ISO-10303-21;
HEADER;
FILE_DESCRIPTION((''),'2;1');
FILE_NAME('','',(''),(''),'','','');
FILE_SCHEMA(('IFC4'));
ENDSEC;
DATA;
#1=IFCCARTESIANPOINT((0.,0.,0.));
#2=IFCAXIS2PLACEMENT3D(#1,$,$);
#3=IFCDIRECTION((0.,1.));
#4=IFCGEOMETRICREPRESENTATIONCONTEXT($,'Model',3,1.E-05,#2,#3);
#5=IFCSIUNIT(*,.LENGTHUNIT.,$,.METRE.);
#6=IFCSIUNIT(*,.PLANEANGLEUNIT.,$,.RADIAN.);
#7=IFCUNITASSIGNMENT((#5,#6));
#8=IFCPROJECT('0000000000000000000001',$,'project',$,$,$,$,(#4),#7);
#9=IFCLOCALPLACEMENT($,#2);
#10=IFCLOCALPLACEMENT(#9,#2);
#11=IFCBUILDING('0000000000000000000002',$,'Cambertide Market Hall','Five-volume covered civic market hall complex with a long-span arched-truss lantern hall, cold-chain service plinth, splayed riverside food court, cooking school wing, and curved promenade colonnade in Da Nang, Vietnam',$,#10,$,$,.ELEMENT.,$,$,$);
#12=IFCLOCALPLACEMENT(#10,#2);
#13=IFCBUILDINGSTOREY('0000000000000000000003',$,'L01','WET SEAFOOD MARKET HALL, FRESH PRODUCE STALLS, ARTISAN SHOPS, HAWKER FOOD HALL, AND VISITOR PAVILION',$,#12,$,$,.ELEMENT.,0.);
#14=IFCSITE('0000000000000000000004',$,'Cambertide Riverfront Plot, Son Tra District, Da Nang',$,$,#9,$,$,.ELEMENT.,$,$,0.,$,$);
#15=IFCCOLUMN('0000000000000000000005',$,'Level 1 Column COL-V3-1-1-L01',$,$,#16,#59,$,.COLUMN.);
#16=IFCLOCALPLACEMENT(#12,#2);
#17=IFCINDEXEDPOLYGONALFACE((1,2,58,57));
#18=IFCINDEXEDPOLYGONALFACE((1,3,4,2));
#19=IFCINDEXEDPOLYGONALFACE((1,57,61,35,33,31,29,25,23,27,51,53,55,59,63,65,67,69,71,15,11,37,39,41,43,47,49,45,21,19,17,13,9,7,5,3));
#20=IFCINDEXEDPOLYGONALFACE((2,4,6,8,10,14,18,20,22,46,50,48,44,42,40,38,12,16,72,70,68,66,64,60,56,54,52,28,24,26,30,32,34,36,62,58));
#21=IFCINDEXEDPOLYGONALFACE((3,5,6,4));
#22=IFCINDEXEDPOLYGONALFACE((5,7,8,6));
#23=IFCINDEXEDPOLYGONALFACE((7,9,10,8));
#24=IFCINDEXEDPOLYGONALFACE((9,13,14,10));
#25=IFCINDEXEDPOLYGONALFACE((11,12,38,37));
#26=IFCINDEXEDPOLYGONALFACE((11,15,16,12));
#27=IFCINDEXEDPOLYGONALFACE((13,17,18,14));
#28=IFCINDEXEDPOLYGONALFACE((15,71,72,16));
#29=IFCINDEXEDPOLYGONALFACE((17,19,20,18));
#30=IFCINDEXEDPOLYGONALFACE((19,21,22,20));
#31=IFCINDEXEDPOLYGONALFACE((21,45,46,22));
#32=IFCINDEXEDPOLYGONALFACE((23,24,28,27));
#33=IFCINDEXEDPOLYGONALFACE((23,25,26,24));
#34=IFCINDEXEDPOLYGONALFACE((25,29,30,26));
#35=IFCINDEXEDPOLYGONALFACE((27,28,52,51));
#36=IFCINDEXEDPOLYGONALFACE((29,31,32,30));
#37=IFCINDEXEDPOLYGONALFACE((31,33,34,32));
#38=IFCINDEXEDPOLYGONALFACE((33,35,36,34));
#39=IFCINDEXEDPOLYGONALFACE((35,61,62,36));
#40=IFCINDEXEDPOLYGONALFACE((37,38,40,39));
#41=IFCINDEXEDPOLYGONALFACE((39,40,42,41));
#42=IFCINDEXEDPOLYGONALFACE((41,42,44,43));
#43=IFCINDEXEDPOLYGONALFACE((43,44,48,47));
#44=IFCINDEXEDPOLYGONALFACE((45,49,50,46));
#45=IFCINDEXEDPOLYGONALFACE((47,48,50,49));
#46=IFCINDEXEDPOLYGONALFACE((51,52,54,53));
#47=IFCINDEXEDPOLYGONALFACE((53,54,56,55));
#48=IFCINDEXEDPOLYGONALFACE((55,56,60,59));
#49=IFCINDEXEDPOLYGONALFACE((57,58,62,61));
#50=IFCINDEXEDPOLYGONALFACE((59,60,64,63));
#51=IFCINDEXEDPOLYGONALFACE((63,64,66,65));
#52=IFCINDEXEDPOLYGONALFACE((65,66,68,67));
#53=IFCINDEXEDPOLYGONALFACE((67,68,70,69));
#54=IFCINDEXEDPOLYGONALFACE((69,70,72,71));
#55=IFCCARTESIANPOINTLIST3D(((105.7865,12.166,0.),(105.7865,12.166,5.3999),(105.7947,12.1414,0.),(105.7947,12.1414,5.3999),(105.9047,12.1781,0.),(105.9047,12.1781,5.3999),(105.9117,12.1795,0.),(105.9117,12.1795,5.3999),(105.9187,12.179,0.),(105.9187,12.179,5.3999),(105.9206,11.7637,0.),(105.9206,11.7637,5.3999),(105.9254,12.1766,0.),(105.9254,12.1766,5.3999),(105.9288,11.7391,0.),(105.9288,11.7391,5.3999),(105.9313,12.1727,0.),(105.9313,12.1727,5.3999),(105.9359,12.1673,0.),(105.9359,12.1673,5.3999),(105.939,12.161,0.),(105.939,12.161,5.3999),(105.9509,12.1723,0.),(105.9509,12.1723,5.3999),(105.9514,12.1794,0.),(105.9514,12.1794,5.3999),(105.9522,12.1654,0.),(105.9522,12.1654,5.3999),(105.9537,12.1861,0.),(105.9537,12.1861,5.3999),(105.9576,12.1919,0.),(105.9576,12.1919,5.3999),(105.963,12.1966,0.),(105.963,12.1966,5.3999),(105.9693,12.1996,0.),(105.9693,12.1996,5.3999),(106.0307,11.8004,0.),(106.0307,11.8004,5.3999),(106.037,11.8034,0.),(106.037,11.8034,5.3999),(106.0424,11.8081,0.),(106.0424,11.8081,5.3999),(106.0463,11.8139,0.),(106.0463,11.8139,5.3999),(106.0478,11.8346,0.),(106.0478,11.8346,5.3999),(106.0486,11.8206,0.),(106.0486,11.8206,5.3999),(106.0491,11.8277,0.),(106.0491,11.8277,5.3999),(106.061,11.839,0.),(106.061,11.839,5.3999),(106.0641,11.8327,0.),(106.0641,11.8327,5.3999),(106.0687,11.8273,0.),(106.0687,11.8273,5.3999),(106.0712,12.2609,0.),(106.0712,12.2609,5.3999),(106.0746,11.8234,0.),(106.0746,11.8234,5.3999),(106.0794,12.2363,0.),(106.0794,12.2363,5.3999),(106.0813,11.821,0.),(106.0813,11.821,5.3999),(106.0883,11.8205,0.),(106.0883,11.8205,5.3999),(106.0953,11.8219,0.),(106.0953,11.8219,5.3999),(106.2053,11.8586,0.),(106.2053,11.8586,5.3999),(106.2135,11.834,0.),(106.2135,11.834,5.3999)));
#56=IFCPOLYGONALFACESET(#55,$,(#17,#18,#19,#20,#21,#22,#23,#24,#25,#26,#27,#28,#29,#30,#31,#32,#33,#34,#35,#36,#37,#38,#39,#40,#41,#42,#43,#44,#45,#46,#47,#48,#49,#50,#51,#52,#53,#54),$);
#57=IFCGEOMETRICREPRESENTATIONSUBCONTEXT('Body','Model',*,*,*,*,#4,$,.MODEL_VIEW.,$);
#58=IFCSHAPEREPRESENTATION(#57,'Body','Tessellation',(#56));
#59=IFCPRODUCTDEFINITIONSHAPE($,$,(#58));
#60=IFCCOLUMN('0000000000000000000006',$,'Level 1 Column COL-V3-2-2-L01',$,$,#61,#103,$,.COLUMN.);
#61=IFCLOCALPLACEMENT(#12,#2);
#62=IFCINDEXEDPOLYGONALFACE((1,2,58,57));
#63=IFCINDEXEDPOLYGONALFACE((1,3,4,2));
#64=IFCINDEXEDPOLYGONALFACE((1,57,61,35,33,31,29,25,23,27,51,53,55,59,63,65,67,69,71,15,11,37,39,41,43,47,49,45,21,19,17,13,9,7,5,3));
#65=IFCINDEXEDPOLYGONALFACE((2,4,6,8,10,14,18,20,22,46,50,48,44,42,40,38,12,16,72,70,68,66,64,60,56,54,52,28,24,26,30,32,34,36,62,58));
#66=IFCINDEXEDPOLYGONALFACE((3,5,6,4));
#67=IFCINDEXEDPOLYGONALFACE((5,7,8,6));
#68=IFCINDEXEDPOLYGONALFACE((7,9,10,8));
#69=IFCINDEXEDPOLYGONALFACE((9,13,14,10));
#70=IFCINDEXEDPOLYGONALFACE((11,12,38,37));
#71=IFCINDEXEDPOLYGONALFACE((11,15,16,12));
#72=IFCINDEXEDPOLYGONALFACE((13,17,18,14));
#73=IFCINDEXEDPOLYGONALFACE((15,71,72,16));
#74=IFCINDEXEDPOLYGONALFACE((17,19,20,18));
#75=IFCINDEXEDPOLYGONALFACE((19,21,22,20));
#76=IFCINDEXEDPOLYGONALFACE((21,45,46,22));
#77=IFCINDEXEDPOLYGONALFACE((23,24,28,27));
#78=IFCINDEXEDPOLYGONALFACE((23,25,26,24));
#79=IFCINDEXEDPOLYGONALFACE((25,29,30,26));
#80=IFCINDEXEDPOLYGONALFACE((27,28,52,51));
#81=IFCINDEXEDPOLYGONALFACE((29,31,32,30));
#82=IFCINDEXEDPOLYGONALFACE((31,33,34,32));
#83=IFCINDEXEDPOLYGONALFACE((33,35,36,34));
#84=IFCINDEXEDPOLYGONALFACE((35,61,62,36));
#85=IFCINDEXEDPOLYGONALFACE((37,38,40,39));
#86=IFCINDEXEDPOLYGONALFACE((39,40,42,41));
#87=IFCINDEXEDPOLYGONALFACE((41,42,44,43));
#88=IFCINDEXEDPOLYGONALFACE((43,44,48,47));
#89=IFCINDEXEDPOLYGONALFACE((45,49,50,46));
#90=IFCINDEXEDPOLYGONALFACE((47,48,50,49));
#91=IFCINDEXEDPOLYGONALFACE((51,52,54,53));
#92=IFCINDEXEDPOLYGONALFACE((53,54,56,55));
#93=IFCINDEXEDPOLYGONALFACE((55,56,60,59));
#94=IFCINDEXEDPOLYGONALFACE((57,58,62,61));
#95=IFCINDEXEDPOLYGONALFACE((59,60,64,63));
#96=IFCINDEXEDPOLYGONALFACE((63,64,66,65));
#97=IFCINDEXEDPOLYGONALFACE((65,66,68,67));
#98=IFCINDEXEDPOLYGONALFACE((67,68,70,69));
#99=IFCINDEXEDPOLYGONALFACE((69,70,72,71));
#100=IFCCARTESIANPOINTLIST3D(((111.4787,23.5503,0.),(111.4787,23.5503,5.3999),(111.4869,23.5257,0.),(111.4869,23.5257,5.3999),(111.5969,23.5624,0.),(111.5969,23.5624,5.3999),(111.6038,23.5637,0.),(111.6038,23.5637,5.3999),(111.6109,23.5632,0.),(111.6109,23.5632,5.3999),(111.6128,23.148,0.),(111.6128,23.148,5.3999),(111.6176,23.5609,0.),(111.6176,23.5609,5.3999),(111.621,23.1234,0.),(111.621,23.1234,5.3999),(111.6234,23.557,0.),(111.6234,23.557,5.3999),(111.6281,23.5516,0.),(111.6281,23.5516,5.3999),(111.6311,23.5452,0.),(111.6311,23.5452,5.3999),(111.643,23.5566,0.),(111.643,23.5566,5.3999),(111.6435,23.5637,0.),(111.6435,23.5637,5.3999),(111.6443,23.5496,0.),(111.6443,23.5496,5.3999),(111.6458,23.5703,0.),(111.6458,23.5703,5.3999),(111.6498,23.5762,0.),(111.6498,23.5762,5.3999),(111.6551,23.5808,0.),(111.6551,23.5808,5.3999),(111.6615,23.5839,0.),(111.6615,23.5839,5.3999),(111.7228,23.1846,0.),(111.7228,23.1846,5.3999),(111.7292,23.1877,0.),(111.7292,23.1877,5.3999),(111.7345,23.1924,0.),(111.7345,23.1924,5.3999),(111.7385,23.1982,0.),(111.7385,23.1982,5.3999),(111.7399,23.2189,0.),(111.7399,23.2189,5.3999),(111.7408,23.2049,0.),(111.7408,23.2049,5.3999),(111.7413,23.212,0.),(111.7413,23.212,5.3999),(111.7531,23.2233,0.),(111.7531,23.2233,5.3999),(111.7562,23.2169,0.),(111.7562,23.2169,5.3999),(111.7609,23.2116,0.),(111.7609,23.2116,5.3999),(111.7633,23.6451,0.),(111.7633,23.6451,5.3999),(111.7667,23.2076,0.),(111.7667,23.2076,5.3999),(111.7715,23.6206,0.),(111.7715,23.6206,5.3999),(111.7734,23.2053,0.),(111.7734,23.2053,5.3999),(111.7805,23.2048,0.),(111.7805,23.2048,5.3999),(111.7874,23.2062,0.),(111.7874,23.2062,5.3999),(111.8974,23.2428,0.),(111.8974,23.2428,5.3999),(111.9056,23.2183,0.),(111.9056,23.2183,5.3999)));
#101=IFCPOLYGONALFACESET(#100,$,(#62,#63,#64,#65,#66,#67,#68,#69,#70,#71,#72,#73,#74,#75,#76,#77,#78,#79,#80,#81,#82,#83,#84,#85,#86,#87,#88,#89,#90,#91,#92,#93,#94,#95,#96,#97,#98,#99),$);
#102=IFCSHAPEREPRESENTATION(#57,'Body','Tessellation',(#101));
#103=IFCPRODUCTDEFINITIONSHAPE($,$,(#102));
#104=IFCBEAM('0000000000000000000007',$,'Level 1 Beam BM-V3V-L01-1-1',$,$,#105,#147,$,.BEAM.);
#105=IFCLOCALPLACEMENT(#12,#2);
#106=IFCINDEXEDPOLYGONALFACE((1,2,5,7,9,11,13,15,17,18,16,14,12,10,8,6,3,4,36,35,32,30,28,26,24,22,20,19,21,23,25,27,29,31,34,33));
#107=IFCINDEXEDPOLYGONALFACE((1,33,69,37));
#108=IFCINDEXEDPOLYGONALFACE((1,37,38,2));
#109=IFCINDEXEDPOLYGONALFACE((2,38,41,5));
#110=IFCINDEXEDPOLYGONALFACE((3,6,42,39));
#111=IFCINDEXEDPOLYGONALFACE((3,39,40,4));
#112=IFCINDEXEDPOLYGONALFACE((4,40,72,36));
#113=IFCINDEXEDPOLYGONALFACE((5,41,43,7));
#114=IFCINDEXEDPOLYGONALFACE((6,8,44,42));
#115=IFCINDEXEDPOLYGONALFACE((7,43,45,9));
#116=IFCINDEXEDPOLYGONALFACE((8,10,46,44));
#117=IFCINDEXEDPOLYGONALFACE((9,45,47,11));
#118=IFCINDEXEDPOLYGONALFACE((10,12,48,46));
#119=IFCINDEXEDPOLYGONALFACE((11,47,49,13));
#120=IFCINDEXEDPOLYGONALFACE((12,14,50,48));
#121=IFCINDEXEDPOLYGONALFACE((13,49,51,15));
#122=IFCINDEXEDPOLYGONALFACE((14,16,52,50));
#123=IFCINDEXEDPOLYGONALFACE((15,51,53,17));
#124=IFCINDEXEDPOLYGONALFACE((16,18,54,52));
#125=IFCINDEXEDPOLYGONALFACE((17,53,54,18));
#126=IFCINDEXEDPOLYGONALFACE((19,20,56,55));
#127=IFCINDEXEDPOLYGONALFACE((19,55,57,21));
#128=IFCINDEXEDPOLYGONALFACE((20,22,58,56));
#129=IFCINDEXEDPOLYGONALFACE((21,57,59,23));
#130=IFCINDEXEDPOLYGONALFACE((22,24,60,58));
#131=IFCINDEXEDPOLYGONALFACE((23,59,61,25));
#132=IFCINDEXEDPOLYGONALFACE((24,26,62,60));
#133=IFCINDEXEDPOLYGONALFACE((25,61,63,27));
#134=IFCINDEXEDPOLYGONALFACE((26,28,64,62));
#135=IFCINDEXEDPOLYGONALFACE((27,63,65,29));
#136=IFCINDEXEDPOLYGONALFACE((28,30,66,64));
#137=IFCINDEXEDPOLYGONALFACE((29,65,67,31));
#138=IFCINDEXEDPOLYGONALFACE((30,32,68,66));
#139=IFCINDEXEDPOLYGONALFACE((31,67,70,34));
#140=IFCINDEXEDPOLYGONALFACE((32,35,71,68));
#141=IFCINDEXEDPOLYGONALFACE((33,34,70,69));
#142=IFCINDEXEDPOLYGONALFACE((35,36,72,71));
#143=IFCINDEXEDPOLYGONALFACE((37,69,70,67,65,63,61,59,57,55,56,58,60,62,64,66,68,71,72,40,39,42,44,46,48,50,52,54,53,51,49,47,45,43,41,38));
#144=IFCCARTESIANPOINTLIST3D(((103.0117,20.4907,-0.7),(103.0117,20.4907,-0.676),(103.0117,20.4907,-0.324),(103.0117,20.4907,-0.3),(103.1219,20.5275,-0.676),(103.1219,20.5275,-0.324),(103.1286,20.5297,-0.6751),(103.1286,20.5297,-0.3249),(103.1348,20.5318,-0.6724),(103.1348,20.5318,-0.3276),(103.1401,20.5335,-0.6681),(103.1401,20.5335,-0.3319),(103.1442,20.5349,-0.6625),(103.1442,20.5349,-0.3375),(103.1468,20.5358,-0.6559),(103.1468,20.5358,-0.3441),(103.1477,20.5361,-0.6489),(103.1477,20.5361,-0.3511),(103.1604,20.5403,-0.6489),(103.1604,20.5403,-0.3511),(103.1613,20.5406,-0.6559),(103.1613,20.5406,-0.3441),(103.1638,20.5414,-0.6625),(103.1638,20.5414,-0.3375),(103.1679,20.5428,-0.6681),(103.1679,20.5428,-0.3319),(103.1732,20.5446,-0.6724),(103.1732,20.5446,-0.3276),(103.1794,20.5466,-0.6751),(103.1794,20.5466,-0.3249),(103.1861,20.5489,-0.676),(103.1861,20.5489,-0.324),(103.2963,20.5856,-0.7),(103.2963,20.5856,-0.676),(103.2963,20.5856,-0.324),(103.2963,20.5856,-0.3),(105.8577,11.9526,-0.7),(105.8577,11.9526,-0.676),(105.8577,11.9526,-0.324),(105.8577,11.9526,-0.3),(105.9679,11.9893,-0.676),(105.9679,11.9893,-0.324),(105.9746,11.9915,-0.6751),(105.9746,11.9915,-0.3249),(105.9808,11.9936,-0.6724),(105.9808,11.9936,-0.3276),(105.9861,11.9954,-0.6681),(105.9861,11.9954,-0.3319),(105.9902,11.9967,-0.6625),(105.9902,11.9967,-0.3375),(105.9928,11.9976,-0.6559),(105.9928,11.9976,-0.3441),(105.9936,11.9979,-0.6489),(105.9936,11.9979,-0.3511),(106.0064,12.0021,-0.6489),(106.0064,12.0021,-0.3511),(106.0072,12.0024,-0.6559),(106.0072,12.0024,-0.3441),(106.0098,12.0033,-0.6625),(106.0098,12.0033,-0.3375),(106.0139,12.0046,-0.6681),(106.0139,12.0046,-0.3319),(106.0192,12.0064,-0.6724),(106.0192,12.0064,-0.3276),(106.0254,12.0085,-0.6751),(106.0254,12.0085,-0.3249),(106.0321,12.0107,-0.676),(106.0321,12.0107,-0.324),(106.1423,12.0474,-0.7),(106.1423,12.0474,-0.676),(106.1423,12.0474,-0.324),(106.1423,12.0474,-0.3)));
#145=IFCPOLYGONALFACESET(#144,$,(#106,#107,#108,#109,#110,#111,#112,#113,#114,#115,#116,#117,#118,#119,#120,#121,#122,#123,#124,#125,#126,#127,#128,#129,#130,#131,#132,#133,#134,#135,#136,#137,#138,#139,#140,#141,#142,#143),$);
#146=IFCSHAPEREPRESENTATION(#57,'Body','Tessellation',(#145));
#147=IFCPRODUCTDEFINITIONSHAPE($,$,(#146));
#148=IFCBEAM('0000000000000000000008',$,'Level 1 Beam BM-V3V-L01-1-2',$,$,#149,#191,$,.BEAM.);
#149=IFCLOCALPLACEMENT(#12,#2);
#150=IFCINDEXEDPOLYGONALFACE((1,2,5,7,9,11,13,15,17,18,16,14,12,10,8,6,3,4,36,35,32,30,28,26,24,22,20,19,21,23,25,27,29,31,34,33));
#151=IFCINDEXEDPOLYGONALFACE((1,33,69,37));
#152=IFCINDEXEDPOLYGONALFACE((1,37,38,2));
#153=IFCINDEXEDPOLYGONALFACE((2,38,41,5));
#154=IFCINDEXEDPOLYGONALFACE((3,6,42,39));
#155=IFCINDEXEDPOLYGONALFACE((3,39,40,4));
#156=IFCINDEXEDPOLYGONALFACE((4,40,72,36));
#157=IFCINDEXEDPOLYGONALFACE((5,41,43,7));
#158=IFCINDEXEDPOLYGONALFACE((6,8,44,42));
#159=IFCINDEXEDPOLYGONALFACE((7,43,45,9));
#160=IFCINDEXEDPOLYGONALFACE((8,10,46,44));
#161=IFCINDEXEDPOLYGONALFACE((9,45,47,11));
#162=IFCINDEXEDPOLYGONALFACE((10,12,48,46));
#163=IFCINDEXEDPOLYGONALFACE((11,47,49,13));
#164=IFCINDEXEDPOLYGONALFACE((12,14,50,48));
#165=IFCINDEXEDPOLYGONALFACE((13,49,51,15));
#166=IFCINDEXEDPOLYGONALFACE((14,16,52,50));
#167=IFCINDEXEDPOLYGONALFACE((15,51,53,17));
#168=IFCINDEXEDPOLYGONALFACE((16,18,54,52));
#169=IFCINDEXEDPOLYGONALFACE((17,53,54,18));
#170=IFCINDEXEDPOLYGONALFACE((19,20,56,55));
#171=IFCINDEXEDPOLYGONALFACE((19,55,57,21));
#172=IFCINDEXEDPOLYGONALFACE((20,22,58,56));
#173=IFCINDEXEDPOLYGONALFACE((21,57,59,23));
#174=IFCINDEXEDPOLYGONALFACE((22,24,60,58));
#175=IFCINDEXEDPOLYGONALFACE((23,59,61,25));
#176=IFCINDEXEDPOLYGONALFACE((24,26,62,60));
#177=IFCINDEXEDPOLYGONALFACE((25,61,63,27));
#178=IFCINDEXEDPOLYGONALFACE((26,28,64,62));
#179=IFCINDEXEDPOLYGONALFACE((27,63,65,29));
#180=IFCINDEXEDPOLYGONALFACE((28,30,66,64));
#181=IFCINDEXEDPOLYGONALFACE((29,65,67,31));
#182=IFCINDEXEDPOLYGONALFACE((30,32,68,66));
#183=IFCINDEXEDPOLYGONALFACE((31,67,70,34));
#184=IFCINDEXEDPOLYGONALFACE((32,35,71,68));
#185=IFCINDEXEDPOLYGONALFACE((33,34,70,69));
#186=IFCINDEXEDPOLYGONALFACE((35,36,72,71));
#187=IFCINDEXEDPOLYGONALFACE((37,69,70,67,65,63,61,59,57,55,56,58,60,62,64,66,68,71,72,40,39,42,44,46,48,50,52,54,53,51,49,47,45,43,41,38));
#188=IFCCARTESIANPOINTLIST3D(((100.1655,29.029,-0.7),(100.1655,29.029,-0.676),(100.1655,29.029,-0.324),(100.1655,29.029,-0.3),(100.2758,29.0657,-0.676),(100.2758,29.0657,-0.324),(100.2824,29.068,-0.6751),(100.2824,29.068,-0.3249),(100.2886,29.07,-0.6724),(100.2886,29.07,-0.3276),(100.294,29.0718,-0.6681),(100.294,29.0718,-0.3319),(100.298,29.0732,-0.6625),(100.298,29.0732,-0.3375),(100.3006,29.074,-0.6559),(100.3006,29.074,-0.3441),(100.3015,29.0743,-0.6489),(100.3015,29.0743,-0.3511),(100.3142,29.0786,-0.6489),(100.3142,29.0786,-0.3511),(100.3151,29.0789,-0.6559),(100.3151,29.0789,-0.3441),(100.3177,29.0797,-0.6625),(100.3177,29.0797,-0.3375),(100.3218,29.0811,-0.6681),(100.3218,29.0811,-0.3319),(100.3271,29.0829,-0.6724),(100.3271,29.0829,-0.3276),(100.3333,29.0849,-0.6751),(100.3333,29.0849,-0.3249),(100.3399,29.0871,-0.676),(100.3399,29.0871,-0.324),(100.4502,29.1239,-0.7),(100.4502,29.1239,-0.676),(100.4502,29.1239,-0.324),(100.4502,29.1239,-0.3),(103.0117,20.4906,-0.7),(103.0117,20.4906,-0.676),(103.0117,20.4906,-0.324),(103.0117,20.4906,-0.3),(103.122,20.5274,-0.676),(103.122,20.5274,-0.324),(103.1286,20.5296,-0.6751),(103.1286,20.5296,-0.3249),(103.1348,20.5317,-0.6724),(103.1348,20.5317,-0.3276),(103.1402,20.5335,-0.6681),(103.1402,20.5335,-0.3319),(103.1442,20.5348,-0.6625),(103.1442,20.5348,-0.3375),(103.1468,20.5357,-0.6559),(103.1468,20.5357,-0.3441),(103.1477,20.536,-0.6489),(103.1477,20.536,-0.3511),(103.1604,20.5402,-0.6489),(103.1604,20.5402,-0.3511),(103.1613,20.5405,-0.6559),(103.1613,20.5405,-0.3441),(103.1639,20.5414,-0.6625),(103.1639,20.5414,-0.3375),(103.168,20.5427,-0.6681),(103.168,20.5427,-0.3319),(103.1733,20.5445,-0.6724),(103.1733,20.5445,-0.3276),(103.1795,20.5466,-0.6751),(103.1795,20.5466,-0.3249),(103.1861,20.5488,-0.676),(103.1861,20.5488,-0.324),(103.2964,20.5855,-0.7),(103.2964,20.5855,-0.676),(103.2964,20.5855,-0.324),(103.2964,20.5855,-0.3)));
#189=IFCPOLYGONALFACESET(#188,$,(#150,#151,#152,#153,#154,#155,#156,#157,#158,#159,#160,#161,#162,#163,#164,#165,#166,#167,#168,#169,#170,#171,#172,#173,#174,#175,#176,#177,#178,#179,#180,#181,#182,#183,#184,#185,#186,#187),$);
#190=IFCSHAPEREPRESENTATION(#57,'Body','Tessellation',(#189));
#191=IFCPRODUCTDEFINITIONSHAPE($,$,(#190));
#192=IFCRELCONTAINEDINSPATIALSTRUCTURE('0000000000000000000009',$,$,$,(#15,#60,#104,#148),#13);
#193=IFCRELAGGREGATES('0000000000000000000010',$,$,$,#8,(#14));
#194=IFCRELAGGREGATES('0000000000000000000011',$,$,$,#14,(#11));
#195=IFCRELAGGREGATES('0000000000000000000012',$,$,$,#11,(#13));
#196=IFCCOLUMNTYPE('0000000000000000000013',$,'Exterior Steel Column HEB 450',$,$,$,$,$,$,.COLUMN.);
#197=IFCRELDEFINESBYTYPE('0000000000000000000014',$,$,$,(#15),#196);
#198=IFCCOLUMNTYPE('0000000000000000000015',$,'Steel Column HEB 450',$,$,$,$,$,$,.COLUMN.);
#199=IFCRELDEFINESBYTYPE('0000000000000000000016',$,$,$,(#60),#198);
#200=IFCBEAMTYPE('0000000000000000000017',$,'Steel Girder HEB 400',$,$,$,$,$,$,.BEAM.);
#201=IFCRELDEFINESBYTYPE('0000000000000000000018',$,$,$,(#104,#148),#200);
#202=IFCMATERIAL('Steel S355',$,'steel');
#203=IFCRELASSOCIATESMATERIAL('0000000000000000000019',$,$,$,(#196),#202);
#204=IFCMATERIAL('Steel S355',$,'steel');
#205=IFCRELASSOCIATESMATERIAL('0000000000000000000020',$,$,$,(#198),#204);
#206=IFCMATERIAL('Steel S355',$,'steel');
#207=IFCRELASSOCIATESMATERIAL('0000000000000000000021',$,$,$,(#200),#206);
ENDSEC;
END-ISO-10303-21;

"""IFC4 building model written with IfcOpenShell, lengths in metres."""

from ifc_helpers import new_model, si_unit, direction, frame, origin, origin_2d, place, context, subcontext, project, spatial, i_section, extrude, material, material_profile, profile_set, type_object, element, save


model = new_model("IFC4")

# Units and contexts
model_context = context("Model", 3, precision=1e-05, world=origin(), true_north=direction((0.0, 1.0)))
body_context = subcontext(model_context, "Body", "Model", "MODEL_VIEW")
ifc_project = project(units=[si_unit("LENGTHUNIT", "METRE"), si_unit("PLANEANGLEUNIT", "RADIAN")], contexts=[model_context])

# Site, building, storey
site_placement = place(None, origin())
site = spatial("IfcSite", under=ifc_project, at=site_placement, Name="Cambertide Riverfront Plot, Son Tra District, Da Nang", CompositionType="ELEMENT", RefElevation=0.0)
building_placement = place(site_placement, origin())
building = spatial("IfcBuilding", under=site, at=building_placement, Name="Cambertide Market Hall", Description="Five-volume covered civic market hall complex with a long-span arched-truss lantern hall, cold-chain service plinth, splayed riverside food court, cooking school wing, and curved promenade colonnade in Da Nang, Vietnam", CompositionType="ELEMENT")
storey_placement = place(building_placement, origin())
storey = spatial("IfcBuildingStorey", under=building, at=storey_placement, Name="L01", Description="WET SEAFOOD MARKET HALL, FRESH PRODUCE STALLS, ARTISAN SHOPS, HAWKER FOOD HALL, AND VISITOR PAVILION", CompositionType="ELEMENT", Elevation=0.0)

# Columns
ifc_material_1 = material(Name="Steel S355", Category="steel")
ifc_material_profile_1 = material_profile(ifc_material_1, i_section(OverallWidth=0.3, OverallDepth=0.45, WebThickness=0.0139, FlangeThickness=0.0259, FilletRadius=0.0271, at=origin_2d()), Name="HEB 450")
ifc_profile_set_1 = profile_set([ifc_material_profile_1], Name="Steel S355")
column_type_1 = type_object("IfcColumnType", Name="Exterior Steel Column HEB 450", PredefinedType="COLUMN", material=ifc_profile_set_1)
column_1_placement = place(storey_placement, frame((106.0, 12.0, 0.0), z_axis=(0.0, 0.0, 1.0), x_axis=(0.948683, 0.316228, 0.0)))
element("IfcColumn", 1, at=column_1_placement, inside=storey, type_object=column_type_1, Name="Level 1 Column COL-V3-1-1-L01", PredefinedType="COLUMN", context=body_context, shape_type="SweptSolid", body=[
    extrude(i_section(OverallWidth=0.3, OverallDepth=0.45, WebThickness=0.0139, FlangeThickness=0.0259, FilletRadius=0.0271, at=origin_2d()), origin(), (0.0, 0.0, 1.0), 5.3999),
])
ifc_material_2 = material(Name="Steel S355", Category="steel")
ifc_material_profile_2 = material_profile(ifc_material_2, i_section(OverallWidth=0.3, OverallDepth=0.45, WebThickness=0.0139, FlangeThickness=0.0259, FilletRadius=0.0271, at=origin_2d()), Name="HEB 450")
ifc_profile_set_2 = profile_set([ifc_material_profile_2], Name="Steel S355")
column_type_2 = type_object("IfcColumnType", Name="Steel Column HEB 450", PredefinedType="COLUMN", material=ifc_profile_set_2)
column_2_placement = place(storey_placement, frame((111.6921, 23.3843, 0.0), z_axis=(0.0, 0.0, 1.0), x_axis=(0.948683, 0.316228, 0.0)))
element("IfcColumn", 2, at=column_2_placement, inside=storey, type_object=column_type_2, Name="Level 1 Column COL-V3-2-2-L01", PredefinedType="COLUMN", context=body_context, shape_type="SweptSolid", body=[
    extrude(i_section(OverallWidth=0.3, OverallDepth=0.45, WebThickness=0.0139, FlangeThickness=0.0259, FilletRadius=0.0271, at=origin_2d()), origin(), (0.0, 0.0, 1.0), 5.3999),
])

# Beams
ifc_material_3 = material(Name="Steel S355", Category="steel")
ifc_material_profile_3 = material_profile(ifc_material_3, i_section(OverallWidth=0.3, OverallDepth=0.3999, WebThickness=0.0134, FlangeThickness=0.0239, FilletRadius=0.0271, at=origin_2d()), Name="HEB 400")
ifc_profile_set_3 = profile_set([ifc_material_profile_3], Name="Steel S355")
beam_type_1 = type_object("IfcBeamType", Name="Steel Girder HEB 400", PredefinedType="BEAM", material=ifc_profile_set_3)
beam_1_placement = place(storey_placement, frame((106.0, 12.0, -0.5), z_axis=(-0.31622, 0.948686, 0.0), x_axis=(-0.948686, -0.31622, 0.0)))
element("IfcBeam", 3, at=beam_1_placement, inside=storey, type_object=beam_type_1, Name="Level 1 Beam BM-V3V-L01-1-1", PredefinedType="BEAM", context=body_context, shape_type="SweptSolid", body=[
    extrude(i_section(OverallWidth=0.3, OverallDepth=0.3999, WebThickness=0.0134, FlangeThickness=0.0239, FilletRadius=0.0271, at=origin_2d()), origin(), (0.0, 0.0, 1.0), 9.0),
])
beam_2_placement = place(storey_placement, frame((103.1541, 20.5381, -0.5), z_axis=(-0.316236, 0.948681, 0.0), x_axis=(-0.948681, -0.316236, 0.0)))
element("IfcBeam", 4, at=beam_2_placement, inside=storey, type_object=beam_type_1, Name="Level 1 Beam BM-V3V-L01-1-2", PredefinedType="BEAM", context=body_context, shape_type="SweptSolid", body=[
    extrude(i_section(OverallWidth=0.3, OverallDepth=0.3999, WebThickness=0.0134, FlangeThickness=0.0239, FilletRadius=0.0271, at=origin_2d()), origin(), (0.0, 0.0, 1.0), 9.0002),
])

save(model, "model.ifc")
